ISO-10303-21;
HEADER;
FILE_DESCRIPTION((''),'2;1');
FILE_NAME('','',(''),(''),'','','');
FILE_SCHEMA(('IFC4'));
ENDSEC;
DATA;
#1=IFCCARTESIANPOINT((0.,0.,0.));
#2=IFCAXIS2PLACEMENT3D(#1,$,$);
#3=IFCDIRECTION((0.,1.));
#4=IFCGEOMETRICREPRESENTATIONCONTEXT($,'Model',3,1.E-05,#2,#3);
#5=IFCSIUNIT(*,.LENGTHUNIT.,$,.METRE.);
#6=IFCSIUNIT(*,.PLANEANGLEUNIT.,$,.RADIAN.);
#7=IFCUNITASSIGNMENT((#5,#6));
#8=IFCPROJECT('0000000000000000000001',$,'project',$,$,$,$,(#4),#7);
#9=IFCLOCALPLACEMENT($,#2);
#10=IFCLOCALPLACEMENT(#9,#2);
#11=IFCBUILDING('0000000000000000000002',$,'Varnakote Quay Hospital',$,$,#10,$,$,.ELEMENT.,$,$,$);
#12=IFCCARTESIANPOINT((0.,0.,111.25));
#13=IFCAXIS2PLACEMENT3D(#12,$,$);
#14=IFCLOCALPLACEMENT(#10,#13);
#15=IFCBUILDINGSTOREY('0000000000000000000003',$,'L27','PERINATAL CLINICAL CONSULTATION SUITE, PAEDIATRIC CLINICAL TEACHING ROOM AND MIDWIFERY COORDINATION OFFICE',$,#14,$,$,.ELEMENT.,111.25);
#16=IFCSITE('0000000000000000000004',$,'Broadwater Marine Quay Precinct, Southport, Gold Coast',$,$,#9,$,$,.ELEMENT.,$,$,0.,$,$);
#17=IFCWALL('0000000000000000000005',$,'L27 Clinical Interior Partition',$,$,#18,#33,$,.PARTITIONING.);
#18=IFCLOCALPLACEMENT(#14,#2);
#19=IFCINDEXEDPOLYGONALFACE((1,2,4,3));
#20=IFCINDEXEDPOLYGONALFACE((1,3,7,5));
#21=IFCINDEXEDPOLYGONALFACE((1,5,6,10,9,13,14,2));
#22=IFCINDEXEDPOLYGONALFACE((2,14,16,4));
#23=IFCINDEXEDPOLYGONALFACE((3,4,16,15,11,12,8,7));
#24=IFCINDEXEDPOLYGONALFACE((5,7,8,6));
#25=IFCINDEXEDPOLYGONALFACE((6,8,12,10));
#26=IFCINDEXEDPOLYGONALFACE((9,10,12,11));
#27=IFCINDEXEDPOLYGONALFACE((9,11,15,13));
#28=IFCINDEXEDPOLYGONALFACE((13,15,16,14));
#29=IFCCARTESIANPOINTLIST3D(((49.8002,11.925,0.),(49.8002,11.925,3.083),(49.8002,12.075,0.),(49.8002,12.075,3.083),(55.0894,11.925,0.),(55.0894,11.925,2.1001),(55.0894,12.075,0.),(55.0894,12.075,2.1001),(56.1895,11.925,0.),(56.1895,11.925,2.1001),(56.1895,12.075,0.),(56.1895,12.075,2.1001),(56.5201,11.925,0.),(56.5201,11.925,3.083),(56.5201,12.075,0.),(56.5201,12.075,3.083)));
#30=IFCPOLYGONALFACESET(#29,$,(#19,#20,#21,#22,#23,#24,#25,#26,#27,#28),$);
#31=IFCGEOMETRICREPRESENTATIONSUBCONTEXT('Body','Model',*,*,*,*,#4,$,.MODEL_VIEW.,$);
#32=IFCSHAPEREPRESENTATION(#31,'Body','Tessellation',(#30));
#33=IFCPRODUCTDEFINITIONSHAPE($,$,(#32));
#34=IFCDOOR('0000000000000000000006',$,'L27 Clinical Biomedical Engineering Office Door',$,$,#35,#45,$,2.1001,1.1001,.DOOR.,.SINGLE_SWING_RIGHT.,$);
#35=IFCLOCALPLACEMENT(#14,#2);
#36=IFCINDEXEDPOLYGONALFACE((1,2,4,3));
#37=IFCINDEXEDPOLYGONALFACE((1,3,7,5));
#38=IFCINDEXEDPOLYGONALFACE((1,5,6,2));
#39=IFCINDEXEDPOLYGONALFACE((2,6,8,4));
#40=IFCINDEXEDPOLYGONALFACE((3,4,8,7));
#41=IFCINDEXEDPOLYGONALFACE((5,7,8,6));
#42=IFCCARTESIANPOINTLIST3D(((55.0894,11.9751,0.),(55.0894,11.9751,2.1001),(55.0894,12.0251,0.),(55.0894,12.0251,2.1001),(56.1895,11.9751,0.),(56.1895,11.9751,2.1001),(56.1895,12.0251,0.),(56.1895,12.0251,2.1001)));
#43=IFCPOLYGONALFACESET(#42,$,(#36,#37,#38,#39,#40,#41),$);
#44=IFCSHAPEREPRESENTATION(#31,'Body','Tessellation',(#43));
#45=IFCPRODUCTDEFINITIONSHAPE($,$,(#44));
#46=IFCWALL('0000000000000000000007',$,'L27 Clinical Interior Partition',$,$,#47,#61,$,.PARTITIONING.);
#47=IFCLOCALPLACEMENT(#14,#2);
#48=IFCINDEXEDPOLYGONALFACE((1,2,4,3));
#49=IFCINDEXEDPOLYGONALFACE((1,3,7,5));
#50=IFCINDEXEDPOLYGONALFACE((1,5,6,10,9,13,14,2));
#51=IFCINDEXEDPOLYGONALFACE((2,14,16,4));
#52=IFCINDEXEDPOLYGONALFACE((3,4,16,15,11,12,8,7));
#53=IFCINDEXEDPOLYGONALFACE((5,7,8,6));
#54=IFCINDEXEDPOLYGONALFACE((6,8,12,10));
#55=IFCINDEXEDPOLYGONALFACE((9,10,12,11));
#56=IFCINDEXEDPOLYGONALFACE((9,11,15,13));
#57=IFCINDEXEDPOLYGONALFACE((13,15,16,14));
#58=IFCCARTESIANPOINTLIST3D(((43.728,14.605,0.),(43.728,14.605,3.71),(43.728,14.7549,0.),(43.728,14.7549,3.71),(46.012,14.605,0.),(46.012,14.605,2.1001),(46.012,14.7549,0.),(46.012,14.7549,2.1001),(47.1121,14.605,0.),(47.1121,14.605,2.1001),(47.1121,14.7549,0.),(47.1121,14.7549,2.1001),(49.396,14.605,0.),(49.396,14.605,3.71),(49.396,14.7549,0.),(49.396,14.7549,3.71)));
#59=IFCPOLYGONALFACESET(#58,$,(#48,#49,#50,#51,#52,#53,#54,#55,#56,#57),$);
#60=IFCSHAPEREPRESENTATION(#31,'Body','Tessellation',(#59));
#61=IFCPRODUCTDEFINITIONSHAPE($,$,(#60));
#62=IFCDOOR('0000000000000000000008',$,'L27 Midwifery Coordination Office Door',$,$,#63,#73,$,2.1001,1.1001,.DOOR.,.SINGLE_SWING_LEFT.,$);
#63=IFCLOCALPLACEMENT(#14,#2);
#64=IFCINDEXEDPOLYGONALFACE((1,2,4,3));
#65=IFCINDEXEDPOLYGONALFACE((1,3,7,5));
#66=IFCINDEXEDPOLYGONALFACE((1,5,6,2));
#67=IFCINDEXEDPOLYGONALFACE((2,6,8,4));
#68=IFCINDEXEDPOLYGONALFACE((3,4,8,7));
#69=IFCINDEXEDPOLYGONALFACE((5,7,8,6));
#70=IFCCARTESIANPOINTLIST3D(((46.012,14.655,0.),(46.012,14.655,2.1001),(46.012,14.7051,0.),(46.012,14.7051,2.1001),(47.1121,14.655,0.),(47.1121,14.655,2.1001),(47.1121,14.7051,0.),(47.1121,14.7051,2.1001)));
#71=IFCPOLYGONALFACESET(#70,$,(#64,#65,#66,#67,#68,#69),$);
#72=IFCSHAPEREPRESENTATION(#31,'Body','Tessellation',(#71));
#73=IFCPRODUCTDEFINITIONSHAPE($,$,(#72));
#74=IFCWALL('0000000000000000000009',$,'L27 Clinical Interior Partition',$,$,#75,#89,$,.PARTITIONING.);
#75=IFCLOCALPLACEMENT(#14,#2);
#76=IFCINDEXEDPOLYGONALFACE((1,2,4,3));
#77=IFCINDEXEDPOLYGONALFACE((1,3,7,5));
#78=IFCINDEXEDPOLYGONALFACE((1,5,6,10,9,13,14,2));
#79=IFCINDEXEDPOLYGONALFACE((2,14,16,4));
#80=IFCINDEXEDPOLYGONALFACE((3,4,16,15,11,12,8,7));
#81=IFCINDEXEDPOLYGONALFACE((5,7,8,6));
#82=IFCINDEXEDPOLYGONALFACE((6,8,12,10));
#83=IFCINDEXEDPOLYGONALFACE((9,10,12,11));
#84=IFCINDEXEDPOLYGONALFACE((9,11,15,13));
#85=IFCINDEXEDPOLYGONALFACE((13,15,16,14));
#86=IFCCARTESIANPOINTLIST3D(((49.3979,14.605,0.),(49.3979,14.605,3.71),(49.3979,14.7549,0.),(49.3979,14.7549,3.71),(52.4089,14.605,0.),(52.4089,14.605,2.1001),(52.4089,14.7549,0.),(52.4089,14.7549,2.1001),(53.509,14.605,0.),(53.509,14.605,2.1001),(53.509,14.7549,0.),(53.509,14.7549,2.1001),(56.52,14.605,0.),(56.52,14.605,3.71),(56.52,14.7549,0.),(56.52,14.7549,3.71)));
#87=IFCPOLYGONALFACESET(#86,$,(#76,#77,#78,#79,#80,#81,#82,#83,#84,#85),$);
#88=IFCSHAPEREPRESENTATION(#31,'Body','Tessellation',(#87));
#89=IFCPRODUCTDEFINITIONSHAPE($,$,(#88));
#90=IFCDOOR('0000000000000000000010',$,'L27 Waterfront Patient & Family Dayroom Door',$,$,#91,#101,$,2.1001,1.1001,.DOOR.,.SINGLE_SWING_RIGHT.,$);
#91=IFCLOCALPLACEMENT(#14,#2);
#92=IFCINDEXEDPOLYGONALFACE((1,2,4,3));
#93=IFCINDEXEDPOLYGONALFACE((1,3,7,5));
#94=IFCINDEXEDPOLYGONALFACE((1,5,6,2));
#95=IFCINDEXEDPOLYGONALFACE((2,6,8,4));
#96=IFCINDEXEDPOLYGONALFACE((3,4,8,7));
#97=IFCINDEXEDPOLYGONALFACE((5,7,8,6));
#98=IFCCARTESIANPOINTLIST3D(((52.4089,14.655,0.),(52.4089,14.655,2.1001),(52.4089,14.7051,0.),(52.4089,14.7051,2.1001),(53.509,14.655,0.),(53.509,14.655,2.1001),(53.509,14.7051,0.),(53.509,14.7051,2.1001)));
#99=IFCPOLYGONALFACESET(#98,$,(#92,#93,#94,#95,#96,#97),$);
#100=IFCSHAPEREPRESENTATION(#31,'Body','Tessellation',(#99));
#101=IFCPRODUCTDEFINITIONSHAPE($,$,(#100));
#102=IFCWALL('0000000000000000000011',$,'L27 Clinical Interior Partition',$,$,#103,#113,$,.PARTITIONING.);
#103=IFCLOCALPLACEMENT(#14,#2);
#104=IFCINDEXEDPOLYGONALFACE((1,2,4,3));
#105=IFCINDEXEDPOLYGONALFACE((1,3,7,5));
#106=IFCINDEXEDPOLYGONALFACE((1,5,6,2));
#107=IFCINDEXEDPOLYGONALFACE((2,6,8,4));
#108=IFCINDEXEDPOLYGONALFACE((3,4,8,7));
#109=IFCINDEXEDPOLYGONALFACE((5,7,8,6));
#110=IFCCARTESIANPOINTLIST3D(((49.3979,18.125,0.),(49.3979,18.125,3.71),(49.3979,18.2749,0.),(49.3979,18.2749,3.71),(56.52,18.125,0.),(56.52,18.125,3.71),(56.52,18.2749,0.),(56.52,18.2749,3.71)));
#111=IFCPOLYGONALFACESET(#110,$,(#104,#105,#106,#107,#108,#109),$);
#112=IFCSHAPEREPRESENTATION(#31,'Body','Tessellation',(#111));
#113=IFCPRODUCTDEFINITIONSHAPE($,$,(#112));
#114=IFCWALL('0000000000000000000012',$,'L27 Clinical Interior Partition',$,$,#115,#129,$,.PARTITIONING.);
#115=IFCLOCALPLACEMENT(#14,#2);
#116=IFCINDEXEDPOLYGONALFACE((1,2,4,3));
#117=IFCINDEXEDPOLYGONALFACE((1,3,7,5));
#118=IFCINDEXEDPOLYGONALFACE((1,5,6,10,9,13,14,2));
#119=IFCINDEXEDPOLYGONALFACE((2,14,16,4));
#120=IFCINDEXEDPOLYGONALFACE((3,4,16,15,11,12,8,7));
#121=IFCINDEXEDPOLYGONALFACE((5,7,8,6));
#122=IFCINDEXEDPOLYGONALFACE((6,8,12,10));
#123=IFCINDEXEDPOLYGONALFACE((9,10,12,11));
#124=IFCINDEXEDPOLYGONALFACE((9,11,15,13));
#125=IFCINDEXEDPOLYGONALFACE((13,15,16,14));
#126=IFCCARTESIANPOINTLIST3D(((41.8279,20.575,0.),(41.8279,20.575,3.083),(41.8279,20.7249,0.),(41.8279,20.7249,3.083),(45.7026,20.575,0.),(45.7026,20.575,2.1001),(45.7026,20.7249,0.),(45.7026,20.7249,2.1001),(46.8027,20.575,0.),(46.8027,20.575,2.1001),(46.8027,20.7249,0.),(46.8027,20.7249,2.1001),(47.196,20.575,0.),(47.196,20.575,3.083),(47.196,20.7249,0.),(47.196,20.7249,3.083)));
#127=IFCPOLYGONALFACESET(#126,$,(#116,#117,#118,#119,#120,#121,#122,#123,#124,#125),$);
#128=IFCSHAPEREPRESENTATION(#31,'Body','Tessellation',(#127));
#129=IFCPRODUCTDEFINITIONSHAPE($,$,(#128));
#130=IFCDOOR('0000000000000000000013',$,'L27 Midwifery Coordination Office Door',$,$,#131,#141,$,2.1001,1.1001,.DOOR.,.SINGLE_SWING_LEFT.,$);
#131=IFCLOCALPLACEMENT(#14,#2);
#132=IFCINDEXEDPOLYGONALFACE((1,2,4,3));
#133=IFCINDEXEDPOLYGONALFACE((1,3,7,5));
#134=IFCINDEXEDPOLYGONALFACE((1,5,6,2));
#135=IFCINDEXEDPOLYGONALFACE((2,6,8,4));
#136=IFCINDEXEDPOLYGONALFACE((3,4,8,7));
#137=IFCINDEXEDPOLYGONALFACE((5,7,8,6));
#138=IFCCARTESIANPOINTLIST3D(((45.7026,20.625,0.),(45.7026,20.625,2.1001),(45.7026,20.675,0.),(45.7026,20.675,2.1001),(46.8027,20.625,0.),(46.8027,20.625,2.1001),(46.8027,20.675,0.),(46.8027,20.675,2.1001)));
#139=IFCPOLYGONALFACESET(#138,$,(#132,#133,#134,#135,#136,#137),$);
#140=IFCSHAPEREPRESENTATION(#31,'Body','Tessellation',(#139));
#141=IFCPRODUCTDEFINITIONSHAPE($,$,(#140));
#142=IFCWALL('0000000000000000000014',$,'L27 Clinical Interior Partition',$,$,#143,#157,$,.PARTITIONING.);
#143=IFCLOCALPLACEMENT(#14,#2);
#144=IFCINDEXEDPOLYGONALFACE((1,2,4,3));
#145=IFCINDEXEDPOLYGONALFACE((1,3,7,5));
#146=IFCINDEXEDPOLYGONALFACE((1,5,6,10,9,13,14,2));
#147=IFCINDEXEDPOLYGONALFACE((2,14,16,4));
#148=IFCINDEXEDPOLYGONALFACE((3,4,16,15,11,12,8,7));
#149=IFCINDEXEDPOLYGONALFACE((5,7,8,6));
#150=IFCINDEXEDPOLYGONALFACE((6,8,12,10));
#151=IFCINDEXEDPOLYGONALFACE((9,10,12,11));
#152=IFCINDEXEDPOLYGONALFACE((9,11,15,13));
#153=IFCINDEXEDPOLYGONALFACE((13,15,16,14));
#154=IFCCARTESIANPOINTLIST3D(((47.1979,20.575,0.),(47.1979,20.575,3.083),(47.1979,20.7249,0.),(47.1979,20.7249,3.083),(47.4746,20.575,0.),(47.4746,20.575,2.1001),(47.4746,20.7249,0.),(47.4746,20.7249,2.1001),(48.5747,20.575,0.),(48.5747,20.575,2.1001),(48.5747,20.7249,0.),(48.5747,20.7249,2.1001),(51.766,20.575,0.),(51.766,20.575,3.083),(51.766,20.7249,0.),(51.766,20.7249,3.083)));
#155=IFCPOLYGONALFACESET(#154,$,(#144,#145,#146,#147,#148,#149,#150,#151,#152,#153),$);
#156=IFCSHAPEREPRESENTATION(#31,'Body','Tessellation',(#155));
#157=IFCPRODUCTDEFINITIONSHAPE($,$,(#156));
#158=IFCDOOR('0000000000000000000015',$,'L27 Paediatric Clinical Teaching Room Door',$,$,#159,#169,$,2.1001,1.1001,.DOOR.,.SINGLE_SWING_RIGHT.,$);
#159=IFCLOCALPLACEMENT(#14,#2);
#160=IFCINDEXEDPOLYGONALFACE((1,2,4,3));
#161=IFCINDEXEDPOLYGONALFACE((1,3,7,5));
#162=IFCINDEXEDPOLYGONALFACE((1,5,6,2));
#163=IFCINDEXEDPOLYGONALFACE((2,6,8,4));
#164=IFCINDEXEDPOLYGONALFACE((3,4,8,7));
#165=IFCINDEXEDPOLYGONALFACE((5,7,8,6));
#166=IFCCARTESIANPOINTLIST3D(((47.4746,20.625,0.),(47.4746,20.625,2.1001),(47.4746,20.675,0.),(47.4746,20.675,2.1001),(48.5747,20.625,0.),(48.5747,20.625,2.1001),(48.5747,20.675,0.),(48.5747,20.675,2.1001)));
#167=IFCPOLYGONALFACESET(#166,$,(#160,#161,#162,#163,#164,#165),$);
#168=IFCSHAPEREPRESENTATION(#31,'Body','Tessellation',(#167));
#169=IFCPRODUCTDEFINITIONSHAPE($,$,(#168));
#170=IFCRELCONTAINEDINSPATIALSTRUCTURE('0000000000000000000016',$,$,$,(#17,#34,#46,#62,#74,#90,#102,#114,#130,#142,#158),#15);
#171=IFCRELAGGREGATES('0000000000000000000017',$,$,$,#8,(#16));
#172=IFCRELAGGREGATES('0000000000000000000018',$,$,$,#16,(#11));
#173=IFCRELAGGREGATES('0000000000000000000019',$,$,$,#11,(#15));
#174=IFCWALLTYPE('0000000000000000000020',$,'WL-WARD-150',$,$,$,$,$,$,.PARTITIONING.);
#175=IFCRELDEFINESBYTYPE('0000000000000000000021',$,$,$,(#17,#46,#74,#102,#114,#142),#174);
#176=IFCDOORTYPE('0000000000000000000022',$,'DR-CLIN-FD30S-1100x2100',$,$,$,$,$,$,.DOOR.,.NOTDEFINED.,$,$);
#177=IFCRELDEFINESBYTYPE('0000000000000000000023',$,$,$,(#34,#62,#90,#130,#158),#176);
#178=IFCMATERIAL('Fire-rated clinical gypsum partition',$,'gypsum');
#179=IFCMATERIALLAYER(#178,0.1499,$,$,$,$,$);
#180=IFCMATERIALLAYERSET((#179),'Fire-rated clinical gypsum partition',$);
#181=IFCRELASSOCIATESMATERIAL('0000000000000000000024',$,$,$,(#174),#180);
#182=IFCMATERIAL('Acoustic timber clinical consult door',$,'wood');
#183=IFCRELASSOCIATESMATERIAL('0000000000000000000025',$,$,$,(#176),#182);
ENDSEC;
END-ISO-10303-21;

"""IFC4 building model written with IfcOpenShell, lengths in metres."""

from ifc_helpers import new_model, si_unit, direction, frame, frame_2d, origin, place, context, subcontext, project, spatial, rectangle, extrude, material, layer, layer_set, type_object, element, fill, save


model = new_model("IFC4")

# Units and contexts
model_context = context("Model", 3, precision=1e-05, world=origin(), true_north=direction((0.0, 1.0)))
body_context = subcontext(model_context, "Body", "Model", "MODEL_VIEW")
ifc_project = project(units=[si_unit("LENGTHUNIT", "METRE"), si_unit("PLANEANGLEUNIT", "RADIAN")], contexts=[model_context])

# Site, building, storey
site_placement = place(None, origin())
site = spatial("IfcSite", under=ifc_project, at=site_placement, Name="Broadwater Marine Quay Precinct, Southport, Gold Coast", CompositionType="ELEMENT", RefElevation=0.0)
building_placement = place(site_placement, origin())
building = spatial("IfcBuilding", under=site, at=building_placement, Name="Varnakote Quay Hospital", CompositionType="ELEMENT")
storey_placement = place(building_placement, frame((0.0, 0.0, 111.25)))
storey = spatial("IfcBuildingStorey", under=building, at=storey_placement, Name="L27", Description="PERINATAL CLINICAL CONSULTATION SUITE, PAEDIATRIC CLINICAL TEACHING ROOM AND MIDWIFERY COORDINATION OFFICE", CompositionType="ELEMENT", Elevation=111.25)

# Walls, openings, doors
ifc_material_1 = material(Name="Fire-rated clinical gypsum partition", Category="gypsum")
ifc_layer_1 = layer(ifc_material_1, 0.1499)
ifc_layer_set_1 = layer_set([ifc_layer_1], Name="Fire-rated clinical gypsum partition")
wall_type_1 = type_object("IfcWallType", Name="WL-WARD-150", PredefinedType="PARTITIONING", material=ifc_layer_set_1)
wall_1_placement = place(storey_placement, frame((56.52, 12.0, 0.0), z_axis=(0.0, 0.0, 1.0), x_axis=(-1.0, 0.0, 0.0)))
wall_1 = element("IfcWall", 1, at=wall_1_placement, inside=storey, type_object=wall_type_1, Name="L27 Clinical Interior Partition", PredefinedType="PARTITIONING", context=body_context, shape_type="SweptSolid", body=[
    extrude(rectangle(XDim=6.72, YDim=0.1499, at=frame_2d((3.3599, 0.0))), origin(), (0.0, 0.0, 1.0), 3.083),
])
opening_1_placement = place(wall_1_placement, frame((0.3306, 0.0, 0.0)))
opening_1 = element("IfcOpeningElement", 2, at=opening_1_placement, cuts=wall_1, PredefinedType="OPENING", context=body_context, shape_type="SweptSolid", body=[
    extrude(rectangle(XDim=1.1001, YDim=2.1001, at=frame_2d((0.55, 1.05))), frame((0.0, 0.085, 0.0), z_axis=(0.0, -1.0, 0.0), x_axis=(1.0, 0.0, 0.0)), (0.0, 0.0, 1.0), 0.1699),
])
ifc_material_2 = material(Name="Acoustic timber clinical consult door", Category="wood")
door_type_1 = type_object("IfcDoorType", Name="DR-CLIN-FD30S-1100x2100", OperationType="NOTDEFINED", PredefinedType="DOOR", material=ifc_material_2)
door_1_placement = place(opening_1_placement, origin())
door_1 = element("IfcDoor", 3, at=door_1_placement, inside=storey, type_object=door_type_1, Name="L27 Clinical Biomedical Engineering Office Door", OperationType="SINGLE_SWING_RIGHT", OverallHeight=2.1001, OverallWidth=1.1001, PredefinedType="DOOR", context=body_context, shape_type="SweptSolid", body=[
    extrude(rectangle(XDim=1.1001, YDim=2.1001, at=frame_2d((0.55, 1.05))), frame((0.0, 0.0249, 0.0), z_axis=(0.0, -1.0, 0.0), x_axis=(1.0, 0.0, 0.0)), (0.0, 0.0, 1.0), 0.05),
])
fill(opening_1, door_1)
wall_2_placement = place(storey_placement, frame((49.396, 14.6799, 0.0), z_axis=(0.0, 0.0, 1.0), x_axis=(-1.0, 0.0, 0.0)))
wall_2 = element("IfcWall", 4, at=wall_2_placement, inside=storey, type_object=wall_type_1, Name="L27 Clinical Interior Partition", PredefinedType="PARTITIONING", context=body_context, shape_type="SweptSolid", body=[
    extrude(rectangle(XDim=5.668, YDim=0.1499, at=frame_2d((2.834, 0.0))), origin(), (0.0, 0.0, 1.0), 3.71),
])
opening_2_placement = place(wall_2_placement, frame((2.2839, 0.0, 0.0)))
opening_2 = element("IfcOpeningElement", 5, at=opening_2_placement, cuts=wall_2, PredefinedType="OPENING", context=body_context, shape_type="SweptSolid", body=[
    extrude(rectangle(XDim=1.1001, YDim=2.1001, at=frame_2d((0.55, 1.05))), frame((0.0, 0.085, 0.0), z_axis=(0.0, -1.0, 0.0), x_axis=(1.0, 0.0, 0.0)), (0.0, 0.0, 1.0), 0.1699),
])
door_2_placement = place(opening_2_placement, origin())
door_2 = element("IfcDoor", 6, at=door_2_placement, inside=storey, type_object=door_type_1, Name="L27 Midwifery Coordination Office Door", OperationType="SINGLE_SWING_LEFT", OverallHeight=2.1001, OverallWidth=1.1001, PredefinedType="DOOR", context=body_context, shape_type="SweptSolid", body=[
    extrude(rectangle(XDim=1.1001, YDim=2.1001, at=frame_2d((0.55, 1.05))), frame((0.0, 0.0249, 0.0), z_axis=(0.0, -1.0, 0.0), x_axis=(1.0, 0.0, 0.0)), (0.0, 0.0, 1.0), 0.05),
])
fill(opening_2, door_2)
wall_3_placement = place(storey_placement, frame((56.52, 14.6799, 0.0), z_axis=(0.0, 0.0, 1.0), x_axis=(-1.0, 0.0, 0.0)))
wall_3 = element("IfcWall", 7, at=wall_3_placement, inside=storey, type_object=wall_type_1, Name="L27 Clinical Interior Partition", PredefinedType="PARTITIONING", context=body_context, shape_type="SweptSolid", body=[
    extrude(rectangle(XDim=7.1221, YDim=0.1499, at=frame_2d((3.561, 0.0))), origin(), (0.0, 0.0, 1.0), 3.71),
])
opening_3_placement = place(wall_3_placement, frame((3.011, 0.0, 0.0)))
opening_3 = element("IfcOpeningElement", 8, at=opening_3_placement, cuts=wall_3, PredefinedType="OPENING", context=body_context, shape_type="SweptSolid", body=[
    extrude(rectangle(XDim=1.1001, YDim=2.1001, at=frame_2d((0.55, 1.05))), frame((0.0, 0.085, 0.0), z_axis=(0.0, -1.0, 0.0), x_axis=(1.0, 0.0, 0.0)), (0.0, 0.0, 1.0), 0.1699),
])
door_3_placement = place(opening_3_placement, origin())
door_3 = element("IfcDoor", 9, at=door_3_placement, inside=storey, type_object=door_type_1, Name="L27 Waterfront Patient & Family Dayroom Door", OperationType="SINGLE_SWING_RIGHT", OverallHeight=2.1001, OverallWidth=1.1001, PredefinedType="DOOR", context=body_context, shape_type="SweptSolid", body=[
    extrude(rectangle(XDim=1.1001, YDim=2.1001, at=frame_2d((0.55, 1.05))), frame((0.0, 0.0249, 0.0), z_axis=(0.0, -1.0, 0.0), x_axis=(1.0, 0.0, 0.0)), (0.0, 0.0, 1.0), 0.05),
])
fill(opening_3, door_3)

# Wall
wall_4_placement = place(storey_placement, frame((49.3979, 18.2, 0.0), z_axis=(0.0, 0.0, 1.0), x_axis=(1.0, 0.0, 0.0)))
element("IfcWall", 10, at=wall_4_placement, inside=storey, type_object=wall_type_1, Name="L27 Clinical Interior Partition", PredefinedType="PARTITIONING", context=body_context, shape_type="SweptSolid", body=[
    extrude(rectangle(XDim=7.1221, YDim=0.1499, at=frame_2d((3.561, 0.0))), origin(), (0.0, 0.0, 1.0), 3.71),
])

# Walls, openings, doors
wall_5_placement = place(storey_placement, frame((47.196, 20.6499, 0.0), z_axis=(0.0, 0.0, 1.0), x_axis=(-1.0, 0.0, 0.0)))
wall_5 = element("IfcWall", 11, at=wall_5_placement, inside=storey, type_object=wall_type_1, Name="L27 Clinical Interior Partition", PredefinedType="PARTITIONING", context=body_context, shape_type="SweptSolid", body=[
    extrude(rectangle(XDim=5.3682, YDim=0.1499, at=frame_2d((2.6841, 0.0))), origin(), (0.0, 0.0, 1.0), 3.083),
])
opening_4_placement = place(wall_5_placement, frame((0.3933, 0.0, 0.0)))
opening_4 = element("IfcOpeningElement", 12, at=opening_4_placement, cuts=wall_5, PredefinedType="OPENING", context=body_context, shape_type="SweptSolid", body=[
    extrude(rectangle(XDim=1.1001, YDim=2.1001, at=frame_2d((0.55, 1.05))), frame((0.0, 0.085, 0.0), z_axis=(0.0, -1.0, 0.0), x_axis=(1.0, 0.0, 0.0)), (0.0, 0.0, 1.0), 0.1699),
])
door_4_placement = place(opening_4_placement, origin())
door_4 = element("IfcDoor", 13, at=door_4_placement, inside=storey, type_object=door_type_1, Name="L27 Midwifery Coordination Office Door", OperationType="SINGLE_SWING_LEFT", OverallHeight=2.1001, OverallWidth=1.1001, PredefinedType="DOOR", context=body_context, shape_type="SweptSolid", body=[
    extrude(rectangle(XDim=1.1001, YDim=2.1001, at=frame_2d((0.55, 1.05))), frame((0.0, 0.0249, 0.0), z_axis=(0.0, -1.0, 0.0), x_axis=(1.0, 0.0, 0.0)), (0.0, 0.0, 1.0), 0.05),
])
fill(opening_4, door_4)
wall_6_placement = place(storey_placement, frame((51.7661, 20.6499, 0.0), z_axis=(0.0, 0.0, 1.0), x_axis=(-1.0, 0.0, 0.0)))
wall_6 = element("IfcWall", 14, at=wall_6_placement, inside=storey, type_object=wall_type_1, Name="L27 Clinical Interior Partition", PredefinedType="PARTITIONING", context=body_context, shape_type="SweptSolid", body=[
    extrude(rectangle(XDim=4.5681, YDim=0.1499, at=frame_2d((2.2842, 0.0))), origin(), (0.0, 0.0, 1.0), 3.083),
])
opening_5_placement = place(wall_6_placement, frame((3.1914, 0.0, 0.0)))
opening_5 = element("IfcOpeningElement", 15, at=opening_5_placement, cuts=wall_6, PredefinedType="OPENING", context=body_context, shape_type="SweptSolid", body=[
    extrude(rectangle(XDim=1.1001, YDim=2.1001, at=frame_2d((0.55, 1.05))), frame((0.0, 0.085, 0.0), z_axis=(0.0, -1.0, 0.0), x_axis=(1.0, 0.0, 0.0)), (0.0, 0.0, 1.0), 0.1699),
])
door_5_placement = place(opening_5_placement, origin())
door_5 = element("IfcDoor", 16, at=door_5_placement, inside=storey, type_object=door_type_1, Name="L27 Paediatric Clinical Teaching Room Door", OperationType="SINGLE_SWING_RIGHT", OverallHeight=2.1001, OverallWidth=1.1001, PredefinedType="DOOR", context=body_context, shape_type="SweptSolid", body=[
    extrude(rectangle(XDim=1.1001, YDim=2.1001, at=frame_2d((0.55, 1.05))), frame((0.0, 0.0249, 0.0), z_axis=(0.0, -1.0, 0.0), x_axis=(1.0, 0.0, 0.0)), (0.0, 0.0, 1.0), 0.05),
])
fill(opening_5, door_5)

save(model, "model.ifc")
